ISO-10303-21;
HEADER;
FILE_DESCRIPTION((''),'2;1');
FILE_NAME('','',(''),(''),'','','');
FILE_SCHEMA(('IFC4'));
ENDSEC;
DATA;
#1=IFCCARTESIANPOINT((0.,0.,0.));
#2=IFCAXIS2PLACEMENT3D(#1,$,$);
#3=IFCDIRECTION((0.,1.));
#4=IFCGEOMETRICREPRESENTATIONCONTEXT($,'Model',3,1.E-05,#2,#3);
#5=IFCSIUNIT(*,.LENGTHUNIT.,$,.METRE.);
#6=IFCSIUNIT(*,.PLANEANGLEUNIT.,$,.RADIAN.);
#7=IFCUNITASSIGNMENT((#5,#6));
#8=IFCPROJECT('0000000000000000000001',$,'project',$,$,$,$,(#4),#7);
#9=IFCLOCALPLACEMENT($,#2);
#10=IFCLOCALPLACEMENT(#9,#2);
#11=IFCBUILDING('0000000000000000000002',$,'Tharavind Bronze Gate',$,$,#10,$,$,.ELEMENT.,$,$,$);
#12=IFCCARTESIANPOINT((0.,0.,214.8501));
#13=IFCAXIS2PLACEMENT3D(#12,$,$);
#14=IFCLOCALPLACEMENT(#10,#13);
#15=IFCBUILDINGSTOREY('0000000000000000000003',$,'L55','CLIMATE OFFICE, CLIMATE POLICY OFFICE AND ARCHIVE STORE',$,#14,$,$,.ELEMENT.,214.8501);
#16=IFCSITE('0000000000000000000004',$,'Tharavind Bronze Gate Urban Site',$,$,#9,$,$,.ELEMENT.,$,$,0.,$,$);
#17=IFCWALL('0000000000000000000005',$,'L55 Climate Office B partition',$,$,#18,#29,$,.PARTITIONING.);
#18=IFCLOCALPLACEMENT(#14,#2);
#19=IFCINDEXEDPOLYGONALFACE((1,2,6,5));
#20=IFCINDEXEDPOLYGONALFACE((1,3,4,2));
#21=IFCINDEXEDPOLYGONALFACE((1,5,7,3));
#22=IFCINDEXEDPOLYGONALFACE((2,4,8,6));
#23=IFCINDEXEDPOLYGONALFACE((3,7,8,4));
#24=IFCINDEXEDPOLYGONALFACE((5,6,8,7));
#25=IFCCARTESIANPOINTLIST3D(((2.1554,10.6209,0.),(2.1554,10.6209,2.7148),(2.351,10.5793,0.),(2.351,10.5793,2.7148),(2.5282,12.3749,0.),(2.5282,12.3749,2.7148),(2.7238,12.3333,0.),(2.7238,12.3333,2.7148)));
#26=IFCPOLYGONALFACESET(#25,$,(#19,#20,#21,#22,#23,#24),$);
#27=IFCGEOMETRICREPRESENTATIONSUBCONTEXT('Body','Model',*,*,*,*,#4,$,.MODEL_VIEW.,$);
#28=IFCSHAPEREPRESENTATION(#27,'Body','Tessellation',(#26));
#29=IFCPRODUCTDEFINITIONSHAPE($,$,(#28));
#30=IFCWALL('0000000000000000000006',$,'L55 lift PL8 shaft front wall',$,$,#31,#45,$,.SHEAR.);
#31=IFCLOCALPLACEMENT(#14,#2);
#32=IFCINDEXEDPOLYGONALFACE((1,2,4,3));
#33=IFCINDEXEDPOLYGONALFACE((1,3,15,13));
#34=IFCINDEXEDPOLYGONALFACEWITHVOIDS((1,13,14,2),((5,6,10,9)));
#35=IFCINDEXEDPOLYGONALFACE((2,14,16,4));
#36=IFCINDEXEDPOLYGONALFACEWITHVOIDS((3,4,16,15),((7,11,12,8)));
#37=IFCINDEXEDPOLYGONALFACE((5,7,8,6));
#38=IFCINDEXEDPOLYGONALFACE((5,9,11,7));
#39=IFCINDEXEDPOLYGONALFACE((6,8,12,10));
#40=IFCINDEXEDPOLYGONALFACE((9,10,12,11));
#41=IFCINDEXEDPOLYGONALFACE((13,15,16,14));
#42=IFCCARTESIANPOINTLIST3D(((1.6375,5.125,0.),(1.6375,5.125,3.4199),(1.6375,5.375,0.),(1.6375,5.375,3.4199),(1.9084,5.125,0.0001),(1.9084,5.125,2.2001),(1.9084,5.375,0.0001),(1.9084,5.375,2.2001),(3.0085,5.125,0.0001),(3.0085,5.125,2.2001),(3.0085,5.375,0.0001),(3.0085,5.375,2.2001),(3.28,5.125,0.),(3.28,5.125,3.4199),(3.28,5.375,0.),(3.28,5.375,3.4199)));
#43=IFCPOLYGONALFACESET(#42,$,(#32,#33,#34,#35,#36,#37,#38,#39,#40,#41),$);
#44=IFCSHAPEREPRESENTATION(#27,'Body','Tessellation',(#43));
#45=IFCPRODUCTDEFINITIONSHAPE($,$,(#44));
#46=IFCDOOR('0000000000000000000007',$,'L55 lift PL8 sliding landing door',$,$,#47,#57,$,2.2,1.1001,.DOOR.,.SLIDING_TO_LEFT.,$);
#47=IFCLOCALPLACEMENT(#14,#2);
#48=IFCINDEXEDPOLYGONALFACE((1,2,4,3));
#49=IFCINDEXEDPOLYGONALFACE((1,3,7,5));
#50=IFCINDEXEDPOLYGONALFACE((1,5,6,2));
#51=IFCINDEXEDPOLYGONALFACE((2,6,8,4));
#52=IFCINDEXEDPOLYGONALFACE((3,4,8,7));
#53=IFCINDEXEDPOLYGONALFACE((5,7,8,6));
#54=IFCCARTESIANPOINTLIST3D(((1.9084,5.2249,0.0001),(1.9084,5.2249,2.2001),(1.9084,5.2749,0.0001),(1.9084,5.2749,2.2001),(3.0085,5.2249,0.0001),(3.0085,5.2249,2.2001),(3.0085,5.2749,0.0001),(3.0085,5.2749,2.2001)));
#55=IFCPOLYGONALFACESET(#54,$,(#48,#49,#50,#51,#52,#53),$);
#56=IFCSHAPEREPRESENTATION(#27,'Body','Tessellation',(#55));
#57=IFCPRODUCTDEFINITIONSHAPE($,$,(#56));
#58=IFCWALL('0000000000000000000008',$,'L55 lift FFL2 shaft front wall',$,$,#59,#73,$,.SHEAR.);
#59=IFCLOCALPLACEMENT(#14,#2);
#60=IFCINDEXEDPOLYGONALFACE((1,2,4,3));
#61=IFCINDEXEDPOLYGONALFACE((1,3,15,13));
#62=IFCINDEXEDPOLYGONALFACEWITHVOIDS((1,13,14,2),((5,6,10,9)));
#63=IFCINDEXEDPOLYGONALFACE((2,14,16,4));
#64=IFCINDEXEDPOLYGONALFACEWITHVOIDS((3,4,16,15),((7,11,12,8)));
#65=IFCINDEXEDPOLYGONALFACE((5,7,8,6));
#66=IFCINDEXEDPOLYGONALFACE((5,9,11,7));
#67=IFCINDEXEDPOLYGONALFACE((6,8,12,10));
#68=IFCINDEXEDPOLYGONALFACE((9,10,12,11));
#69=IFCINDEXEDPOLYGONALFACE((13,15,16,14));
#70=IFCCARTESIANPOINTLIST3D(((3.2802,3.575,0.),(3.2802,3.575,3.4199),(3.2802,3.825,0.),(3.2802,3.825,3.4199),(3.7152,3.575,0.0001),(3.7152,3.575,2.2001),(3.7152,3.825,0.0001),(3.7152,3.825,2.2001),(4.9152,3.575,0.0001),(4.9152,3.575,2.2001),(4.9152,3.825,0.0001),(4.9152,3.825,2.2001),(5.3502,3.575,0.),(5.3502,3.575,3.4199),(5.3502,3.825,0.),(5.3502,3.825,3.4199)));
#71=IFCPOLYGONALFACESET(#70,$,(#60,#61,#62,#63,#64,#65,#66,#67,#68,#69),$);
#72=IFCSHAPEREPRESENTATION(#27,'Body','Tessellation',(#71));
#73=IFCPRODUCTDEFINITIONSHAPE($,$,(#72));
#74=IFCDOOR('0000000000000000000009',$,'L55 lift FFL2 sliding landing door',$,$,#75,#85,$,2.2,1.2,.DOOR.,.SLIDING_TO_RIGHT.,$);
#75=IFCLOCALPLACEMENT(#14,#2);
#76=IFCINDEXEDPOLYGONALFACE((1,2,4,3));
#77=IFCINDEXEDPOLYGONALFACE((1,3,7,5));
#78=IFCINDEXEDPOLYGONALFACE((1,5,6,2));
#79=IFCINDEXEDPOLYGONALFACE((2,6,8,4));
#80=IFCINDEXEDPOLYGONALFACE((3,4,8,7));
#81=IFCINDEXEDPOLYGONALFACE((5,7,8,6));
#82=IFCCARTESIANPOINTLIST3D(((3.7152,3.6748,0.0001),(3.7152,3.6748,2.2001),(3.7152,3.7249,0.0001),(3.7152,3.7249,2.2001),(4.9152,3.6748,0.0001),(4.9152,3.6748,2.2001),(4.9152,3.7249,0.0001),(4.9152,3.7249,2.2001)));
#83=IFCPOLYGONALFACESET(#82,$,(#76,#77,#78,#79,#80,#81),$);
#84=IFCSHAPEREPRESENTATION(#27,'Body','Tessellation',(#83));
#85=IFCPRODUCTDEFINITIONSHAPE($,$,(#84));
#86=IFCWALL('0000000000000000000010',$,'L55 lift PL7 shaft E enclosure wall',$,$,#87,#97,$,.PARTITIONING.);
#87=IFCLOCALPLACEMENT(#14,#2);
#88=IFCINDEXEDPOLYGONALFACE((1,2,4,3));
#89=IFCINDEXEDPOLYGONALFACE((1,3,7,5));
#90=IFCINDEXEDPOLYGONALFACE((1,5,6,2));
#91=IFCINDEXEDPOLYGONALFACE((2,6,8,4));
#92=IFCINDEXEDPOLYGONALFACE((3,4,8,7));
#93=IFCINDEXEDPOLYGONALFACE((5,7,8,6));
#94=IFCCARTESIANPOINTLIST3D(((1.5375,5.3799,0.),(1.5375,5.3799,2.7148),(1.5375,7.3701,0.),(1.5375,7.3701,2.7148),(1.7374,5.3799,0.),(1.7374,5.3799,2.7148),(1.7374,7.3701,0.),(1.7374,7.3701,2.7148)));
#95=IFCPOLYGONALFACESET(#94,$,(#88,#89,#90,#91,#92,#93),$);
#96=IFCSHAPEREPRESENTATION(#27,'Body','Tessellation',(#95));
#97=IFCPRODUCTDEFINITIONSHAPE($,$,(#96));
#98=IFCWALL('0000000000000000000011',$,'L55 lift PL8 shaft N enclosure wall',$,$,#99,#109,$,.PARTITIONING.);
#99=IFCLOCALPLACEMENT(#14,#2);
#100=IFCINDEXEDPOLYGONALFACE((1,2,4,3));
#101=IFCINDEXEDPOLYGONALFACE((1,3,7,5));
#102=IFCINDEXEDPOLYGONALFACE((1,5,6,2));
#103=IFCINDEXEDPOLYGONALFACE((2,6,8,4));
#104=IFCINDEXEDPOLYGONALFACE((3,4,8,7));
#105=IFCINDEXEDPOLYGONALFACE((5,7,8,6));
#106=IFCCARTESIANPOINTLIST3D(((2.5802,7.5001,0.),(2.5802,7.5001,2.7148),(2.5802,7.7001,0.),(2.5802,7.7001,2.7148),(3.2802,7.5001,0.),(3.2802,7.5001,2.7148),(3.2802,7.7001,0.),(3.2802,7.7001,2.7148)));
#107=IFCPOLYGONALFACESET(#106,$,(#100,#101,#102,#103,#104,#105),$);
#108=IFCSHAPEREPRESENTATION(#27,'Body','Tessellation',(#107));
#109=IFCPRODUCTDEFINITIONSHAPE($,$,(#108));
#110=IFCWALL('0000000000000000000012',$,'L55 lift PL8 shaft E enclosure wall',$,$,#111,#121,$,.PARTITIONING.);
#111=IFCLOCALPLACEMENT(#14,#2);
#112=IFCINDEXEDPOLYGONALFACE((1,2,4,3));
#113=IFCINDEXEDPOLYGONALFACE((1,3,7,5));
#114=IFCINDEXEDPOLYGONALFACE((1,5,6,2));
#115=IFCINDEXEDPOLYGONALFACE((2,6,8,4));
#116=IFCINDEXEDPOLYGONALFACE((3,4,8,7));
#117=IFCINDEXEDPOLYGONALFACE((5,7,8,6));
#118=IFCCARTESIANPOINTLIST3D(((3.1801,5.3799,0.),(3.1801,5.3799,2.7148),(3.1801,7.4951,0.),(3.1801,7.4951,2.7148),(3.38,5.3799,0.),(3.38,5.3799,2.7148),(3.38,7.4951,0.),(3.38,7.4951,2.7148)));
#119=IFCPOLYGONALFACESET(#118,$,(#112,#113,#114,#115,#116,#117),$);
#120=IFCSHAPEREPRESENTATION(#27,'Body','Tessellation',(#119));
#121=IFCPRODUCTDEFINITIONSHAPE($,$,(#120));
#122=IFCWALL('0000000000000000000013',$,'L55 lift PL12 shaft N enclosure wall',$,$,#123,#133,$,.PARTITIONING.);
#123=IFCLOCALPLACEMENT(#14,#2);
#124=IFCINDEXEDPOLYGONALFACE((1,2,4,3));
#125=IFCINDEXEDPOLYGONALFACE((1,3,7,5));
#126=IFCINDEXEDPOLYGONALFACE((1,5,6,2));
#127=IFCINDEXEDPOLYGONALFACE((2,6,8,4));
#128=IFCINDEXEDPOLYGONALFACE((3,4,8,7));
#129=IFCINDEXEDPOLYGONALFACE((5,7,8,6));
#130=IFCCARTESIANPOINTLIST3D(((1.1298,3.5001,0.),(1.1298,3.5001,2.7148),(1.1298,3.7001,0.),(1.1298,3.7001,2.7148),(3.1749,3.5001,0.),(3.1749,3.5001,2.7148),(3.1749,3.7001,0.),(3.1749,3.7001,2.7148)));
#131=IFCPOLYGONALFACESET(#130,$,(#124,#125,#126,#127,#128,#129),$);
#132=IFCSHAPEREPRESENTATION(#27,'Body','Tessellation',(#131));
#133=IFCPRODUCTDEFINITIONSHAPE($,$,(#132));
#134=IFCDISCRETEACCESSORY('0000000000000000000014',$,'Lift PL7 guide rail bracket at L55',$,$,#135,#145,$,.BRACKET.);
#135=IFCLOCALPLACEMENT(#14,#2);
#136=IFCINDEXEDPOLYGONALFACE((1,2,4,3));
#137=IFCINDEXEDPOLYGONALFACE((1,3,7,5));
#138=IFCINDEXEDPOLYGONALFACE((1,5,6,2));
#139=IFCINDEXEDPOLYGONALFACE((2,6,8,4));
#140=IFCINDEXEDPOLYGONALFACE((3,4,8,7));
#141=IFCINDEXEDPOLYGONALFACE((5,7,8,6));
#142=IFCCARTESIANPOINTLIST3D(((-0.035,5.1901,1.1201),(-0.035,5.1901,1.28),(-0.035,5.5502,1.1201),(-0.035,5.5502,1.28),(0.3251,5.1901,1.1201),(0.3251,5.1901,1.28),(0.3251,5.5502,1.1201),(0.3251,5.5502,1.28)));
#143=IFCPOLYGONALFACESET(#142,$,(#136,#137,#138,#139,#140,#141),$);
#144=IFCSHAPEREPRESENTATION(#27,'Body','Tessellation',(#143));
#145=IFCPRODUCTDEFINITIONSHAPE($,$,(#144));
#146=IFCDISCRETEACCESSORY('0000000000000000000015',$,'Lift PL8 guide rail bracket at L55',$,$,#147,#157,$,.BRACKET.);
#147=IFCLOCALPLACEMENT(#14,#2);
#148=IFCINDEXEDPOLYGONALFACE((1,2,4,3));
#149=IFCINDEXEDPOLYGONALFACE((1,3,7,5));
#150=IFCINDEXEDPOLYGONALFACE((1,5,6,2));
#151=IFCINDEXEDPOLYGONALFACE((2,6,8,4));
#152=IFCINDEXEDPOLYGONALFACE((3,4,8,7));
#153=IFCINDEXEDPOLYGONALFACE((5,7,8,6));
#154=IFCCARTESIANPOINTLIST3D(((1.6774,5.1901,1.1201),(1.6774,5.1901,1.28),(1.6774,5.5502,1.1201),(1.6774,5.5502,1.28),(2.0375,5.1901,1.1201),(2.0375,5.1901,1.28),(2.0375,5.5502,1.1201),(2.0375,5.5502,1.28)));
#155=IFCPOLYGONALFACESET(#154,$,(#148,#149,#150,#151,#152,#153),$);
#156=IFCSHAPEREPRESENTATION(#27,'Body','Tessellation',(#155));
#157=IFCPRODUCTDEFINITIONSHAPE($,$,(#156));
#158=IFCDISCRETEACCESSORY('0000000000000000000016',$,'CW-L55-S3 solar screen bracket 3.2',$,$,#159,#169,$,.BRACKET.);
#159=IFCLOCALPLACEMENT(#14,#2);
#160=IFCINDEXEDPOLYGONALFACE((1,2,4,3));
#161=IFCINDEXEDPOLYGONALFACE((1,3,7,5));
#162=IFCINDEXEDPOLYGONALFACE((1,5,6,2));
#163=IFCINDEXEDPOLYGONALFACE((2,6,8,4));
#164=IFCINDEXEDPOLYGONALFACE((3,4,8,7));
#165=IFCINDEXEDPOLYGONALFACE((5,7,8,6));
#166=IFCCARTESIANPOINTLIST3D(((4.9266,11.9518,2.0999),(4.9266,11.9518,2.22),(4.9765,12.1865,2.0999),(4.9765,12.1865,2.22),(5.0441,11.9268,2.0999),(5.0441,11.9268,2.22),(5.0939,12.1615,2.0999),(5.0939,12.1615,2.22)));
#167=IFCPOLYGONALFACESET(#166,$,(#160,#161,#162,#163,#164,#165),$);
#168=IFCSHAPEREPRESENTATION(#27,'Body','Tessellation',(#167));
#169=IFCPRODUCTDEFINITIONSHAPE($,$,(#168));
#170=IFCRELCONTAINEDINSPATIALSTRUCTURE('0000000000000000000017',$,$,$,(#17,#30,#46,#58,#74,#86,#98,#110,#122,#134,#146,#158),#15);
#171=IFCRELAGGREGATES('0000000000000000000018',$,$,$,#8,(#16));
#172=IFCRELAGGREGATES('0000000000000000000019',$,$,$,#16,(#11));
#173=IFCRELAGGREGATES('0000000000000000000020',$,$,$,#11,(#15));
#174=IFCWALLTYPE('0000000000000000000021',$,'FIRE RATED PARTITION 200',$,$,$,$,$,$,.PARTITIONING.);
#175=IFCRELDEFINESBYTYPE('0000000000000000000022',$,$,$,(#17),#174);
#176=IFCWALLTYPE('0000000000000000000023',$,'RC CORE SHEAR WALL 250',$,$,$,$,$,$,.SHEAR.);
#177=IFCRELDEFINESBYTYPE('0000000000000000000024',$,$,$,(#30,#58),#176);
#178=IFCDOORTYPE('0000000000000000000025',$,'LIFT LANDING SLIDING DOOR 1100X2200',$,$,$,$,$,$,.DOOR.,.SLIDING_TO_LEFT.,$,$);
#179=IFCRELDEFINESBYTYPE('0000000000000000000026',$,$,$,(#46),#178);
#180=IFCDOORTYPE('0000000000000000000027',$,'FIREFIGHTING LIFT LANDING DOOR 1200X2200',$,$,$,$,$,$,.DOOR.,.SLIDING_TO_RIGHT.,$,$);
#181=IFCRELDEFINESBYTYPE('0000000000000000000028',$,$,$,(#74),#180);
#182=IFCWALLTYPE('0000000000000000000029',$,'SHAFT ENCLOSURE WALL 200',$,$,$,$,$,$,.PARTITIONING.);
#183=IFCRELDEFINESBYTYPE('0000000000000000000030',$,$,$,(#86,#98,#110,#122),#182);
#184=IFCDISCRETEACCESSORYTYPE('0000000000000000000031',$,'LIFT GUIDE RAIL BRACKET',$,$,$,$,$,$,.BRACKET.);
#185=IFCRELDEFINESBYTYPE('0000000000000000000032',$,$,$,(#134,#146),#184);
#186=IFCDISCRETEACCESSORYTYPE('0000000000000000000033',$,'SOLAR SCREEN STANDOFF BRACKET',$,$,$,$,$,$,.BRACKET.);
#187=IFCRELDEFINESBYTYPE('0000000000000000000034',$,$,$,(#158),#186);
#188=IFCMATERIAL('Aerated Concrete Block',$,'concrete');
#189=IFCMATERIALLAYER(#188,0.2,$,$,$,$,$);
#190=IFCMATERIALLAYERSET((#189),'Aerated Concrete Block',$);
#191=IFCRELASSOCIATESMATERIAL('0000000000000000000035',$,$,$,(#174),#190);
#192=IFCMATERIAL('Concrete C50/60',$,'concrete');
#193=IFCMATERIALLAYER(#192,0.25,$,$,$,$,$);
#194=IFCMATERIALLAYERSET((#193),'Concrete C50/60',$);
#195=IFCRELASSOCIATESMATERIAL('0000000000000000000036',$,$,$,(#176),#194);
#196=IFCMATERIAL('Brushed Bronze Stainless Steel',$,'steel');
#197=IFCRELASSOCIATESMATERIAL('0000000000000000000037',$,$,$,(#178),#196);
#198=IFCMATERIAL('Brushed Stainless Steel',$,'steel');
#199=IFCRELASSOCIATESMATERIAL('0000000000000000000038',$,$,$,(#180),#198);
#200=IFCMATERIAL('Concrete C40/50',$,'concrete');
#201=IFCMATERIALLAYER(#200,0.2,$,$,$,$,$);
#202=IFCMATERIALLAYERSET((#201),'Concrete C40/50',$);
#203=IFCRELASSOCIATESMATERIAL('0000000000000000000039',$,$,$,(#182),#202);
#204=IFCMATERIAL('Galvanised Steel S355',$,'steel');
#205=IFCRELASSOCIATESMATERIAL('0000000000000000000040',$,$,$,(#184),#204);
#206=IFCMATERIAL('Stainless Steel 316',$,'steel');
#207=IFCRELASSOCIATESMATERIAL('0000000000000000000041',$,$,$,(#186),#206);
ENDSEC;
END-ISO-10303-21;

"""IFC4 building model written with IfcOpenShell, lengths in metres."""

from ifc_helpers import new_model, si_unit, direction, frame, frame_2d, origin, origin_2d, place, context, subcontext, project, spatial, rectangle, extrude, material, layer, layer_set, type_object, element, fill, save


model = new_model("IFC4")

# Units and contexts
model_context = context("Model", 3, precision=1e-05, world=origin(), true_north=direction((0.0, 1.0)))
body_context = subcontext(model_context, "Body", "Model", "MODEL_VIEW")
ifc_project = project(units=[si_unit("LENGTHUNIT", "METRE"), si_unit("PLANEANGLEUNIT", "RADIAN")], contexts=[model_context])

# Site, building, storey
site_placement = place(None, origin())
site = spatial("IfcSite", under=ifc_project, at=site_placement, Name="Tharavind Bronze Gate Urban Site", CompositionType="ELEMENT", RefElevation=0.0)
building_placement = place(site_placement, origin())
building = spatial("IfcBuilding", under=site, at=building_placement, Name="Tharavind Bronze Gate", CompositionType="ELEMENT")
storey_placement = place(building_placement, frame((0.0, 0.0, 214.8501)))
storey = spatial("IfcBuildingStorey", under=building, at=storey_placement, Name="L55", Description="CLIMATE OFFICE, CLIMATE POLICY OFFICE AND ARCHIVE STORE", CompositionType="ELEMENT", Elevation=214.8501)

# Wall
ifc_material_1 = material(Name="Aerated Concrete Block", Category="concrete")
ifc_layer_1 = layer(ifc_material_1, 0.2)
ifc_layer_set_1 = layer_set([ifc_layer_1], Name="Aerated Concrete Block")
wall_type_1 = type_object("IfcWallType", Name="FIRE RATED PARTITION 200", PredefinedType="PARTITIONING", material=ifc_layer_set_1)
wall_1_placement = place(storey_placement, frame((2.626, 12.354, 0.0), z_axis=(0.0, 0.0, 1.0), x_axis=(-0.207883, -0.978154, 0.0)))
element("IfcWall", 1, at=wall_1_placement, inside=storey, type_object=wall_type_1, Name="L55 Climate Office B partition", PredefinedType="PARTITIONING", context=body_context, shape_type="SweptSolid", body=[
    extrude(rectangle(XDim=1.7932, YDim=0.2, at=frame_2d((0.8965, 0.0))), origin(), (0.0, 0.0, 1.0), 2.7148),
])

# Walls, openings, doors
ifc_material_2 = material(Name="Concrete C50/60", Category="concrete")
ifc_layer_2 = layer(ifc_material_2, 0.25)
ifc_layer_set_2 = layer_set([ifc_layer_2], Name="Concrete C50/60")
wall_type_2 = type_object("IfcWallType", Name="RC CORE SHEAR WALL 250", PredefinedType="SHEAR", material=ifc_layer_set_2)
wall_2_placement = place(storey_placement, frame((1.6375, 5.25, 0.0), z_axis=(0.0, 0.0, 1.0), x_axis=(1.0, 0.0, 0.0)))
wall_2 = element("IfcWall", 2, at=wall_2_placement, inside=storey, type_object=wall_type_2, Name="L55 lift PL8 shaft front wall", PredefinedType="SHEAR", context=body_context, shape_type="SweptSolid", body=[
    extrude(rectangle(XDim=1.6426, YDim=0.25, at=frame_2d((0.8213, 0.0))), origin(), (0.0, 0.0, 1.0), 3.4199),
])
opening_1_placement = place(wall_2_placement, frame((0.271, 0.0, 0.0)))
opening_1 = element("IfcOpeningElement", 3, at=opening_1_placement, cuts=wall_2, PredefinedType="OPENING", context=body_context, shape_type="SweptSolid", body=[
    extrude(rectangle(XDim=1.1001, YDim=2.2, at=frame_2d((0.55, 1.1001))), frame((0.0, 0.135, 0.0), z_axis=(0.0, -1.0, 0.0), x_axis=(1.0, 0.0, 0.0)), (0.0, 0.0, 1.0), 0.27),
])
ifc_material_3 = material(Name="Brushed Bronze Stainless Steel", Category="steel")
door_type_1 = type_object("IfcDoorType", Name="LIFT LANDING SLIDING DOOR 1100X2200", OperationType="SLIDING_TO_LEFT", PredefinedType="DOOR", material=ifc_material_3)
door_1_placement = place(opening_1_placement, origin())
door_1 = element("IfcDoor", 4, at=door_1_placement, inside=storey, type_object=door_type_1, Name="L55 lift PL8 sliding landing door", OperationType="SLIDING_TO_LEFT", OverallHeight=2.2, OverallWidth=1.1001, PredefinedType="DOOR", context=body_context, shape_type="SweptSolid", body=[
    extrude(rectangle(XDim=1.1001, YDim=2.2, at=frame_2d((0.55, 1.1001))), frame((0.0, 0.0249, 0.0), z_axis=(0.0, -1.0, 0.0), x_axis=(1.0, 0.0, 0.0)), (0.0, 0.0, 1.0), 0.05),
])
fill(opening_1, door_1)
wall_3_placement = place(storey_placement, frame((3.28, 3.7, 0.0), z_axis=(0.0, 0.0, 1.0), x_axis=(1.0, 0.0, 0.0)))
wall_3 = element("IfcWall", 5, at=wall_3_placement, inside=storey, type_object=wall_type_2, Name="L55 lift FFL2 shaft front wall", PredefinedType="SHEAR", context=body_context, shape_type="SweptSolid", body=[
    extrude(rectangle(XDim=2.0701, YDim=0.25, at=frame_2d((1.0352, 0.0))), origin(), (0.0, 0.0, 1.0), 3.4199),
])
opening_2_placement = place(wall_3_placement, frame((0.4351, 0.0, 0.0)))
opening_2 = element("IfcOpeningElement", 6, at=opening_2_placement, cuts=wall_3, PredefinedType="OPENING", context=body_context, shape_type="SweptSolid", body=[
    extrude(rectangle(XDim=1.2, YDim=2.2, at=frame_2d((0.6001, 1.1001))), frame((0.0, 0.135, 0.0), z_axis=(0.0, -1.0, 0.0), x_axis=(1.0, 0.0, 0.0)), (0.0, 0.0, 1.0), 0.27),
])
ifc_material_4 = material(Name="Brushed Stainless Steel", Category="steel")
door_type_2 = type_object("IfcDoorType", Name="FIREFIGHTING LIFT LANDING DOOR 1200X2200", OperationType="SLIDING_TO_RIGHT", PredefinedType="DOOR", material=ifc_material_4)
door_2_placement = place(opening_2_placement, origin())
door_2 = element("IfcDoor", 7, at=door_2_placement, inside=storey, type_object=door_type_2, Name="L55 lift FFL2 sliding landing door", OperationType="SLIDING_TO_RIGHT", OverallHeight=2.2, OverallWidth=1.2, PredefinedType="DOOR", context=body_context, shape_type="SweptSolid", body=[
    extrude(rectangle(XDim=1.2, YDim=2.2, at=frame_2d((0.6001, 1.1001))), frame((0.0, 0.0249, 0.0), z_axis=(0.0, -1.0, 0.0), x_axis=(1.0, 0.0, 0.0)), (0.0, 0.0, 1.0), 0.05),
])
fill(opening_2, door_2)

# Walls
ifc_material_5 = material(Name="Concrete C40/50", Category="concrete")
ifc_layer_3 = layer(ifc_material_5, 0.2)
ifc_layer_set_3 = layer_set([ifc_layer_3], Name="Concrete C40/50")
wall_type_3 = type_object("IfcWallType", Name="SHAFT ENCLOSURE WALL 200", PredefinedType="PARTITIONING", material=ifc_layer_set_3)
wall_4_placement = place(storey_placement, frame((1.6375, 5.3799, 0.0), z_axis=(0.0, 0.0, 1.0), x_axis=(0.0, 1.0, 0.0)))
element("IfcWall", 8, at=wall_4_placement, inside=storey, type_object=wall_type_3, Name="L55 lift PL7 shaft E enclosure wall", PredefinedType="PARTITIONING", context=body_context, shape_type="SweptSolid", body=[
    extrude(rectangle(XDim=1.9902, YDim=0.2, at=frame_2d((0.9951, 0.0))), origin(), (0.0, 0.0, 1.0), 2.7148),
])
wall_5_placement = place(storey_placement, frame((2.5801, 7.6001, 0.0), z_axis=(0.0, 0.0, 1.0), x_axis=(1.0, 0.0, 0.0)))
element("IfcWall", 9, at=wall_5_placement, inside=storey, type_object=wall_type_3, Name="L55 lift PL8 shaft N enclosure wall", PredefinedType="PARTITIONING", context=body_context, shape_type="SweptSolid", body=[
    extrude(rectangle(XDim=0.7, YDim=0.2, at=frame_2d((0.3501, 0.0))), origin(), (0.0, 0.0, 1.0), 2.7148),
])
wall_6_placement = place(storey_placement, frame((3.28, 5.3799, 0.0), z_axis=(0.0, 0.0, 1.0), x_axis=(0.0, 1.0, 0.0)))
element("IfcWall", 10, at=wall_6_placement, inside=storey, type_object=wall_type_3, Name="L55 lift PL8 shaft E enclosure wall", PredefinedType="PARTITIONING", context=body_context, shape_type="SweptSolid", body=[
    extrude(rectangle(XDim=2.1152, YDim=0.2, at=frame_2d((1.0576, 0.0))), origin(), (0.0, 0.0, 1.0), 2.7148),
])
wall_7_placement = place(storey_placement, frame((1.1299, 3.6001, 0.0), z_axis=(0.0, 0.0, 1.0), x_axis=(1.0, 0.0, 0.0)))
element("IfcWall", 11, at=wall_7_placement, inside=storey, type_object=wall_type_3, Name="L55 lift PL12 shaft N enclosure wall", PredefinedType="PARTITIONING", context=body_context, shape_type="SweptSolid", body=[
    extrude(rectangle(XDim=2.0452, YDim=0.2, at=frame_2d((1.0225, 0.0))), origin(), (0.0, 0.0, 1.0), 2.7148),
])

# Discrete accessories
ifc_material_6 = material(Name="Galvanised Steel S355", Category="steel")
discrete_accessory_type_1 = type_object("IfcDiscreteAccessoryType", Name="LIFT GUIDE RAIL BRACKET", PredefinedType="BRACKET", material=ifc_material_6)
for number, where, z_axis, x_axis, name in (
    (12, (0.145, 5.3701, 1.1201), (0.0, 0.0, 1.0), (1.0, 0.0, 0.0), "Lift PL7 guide rail bracket at L55"),
    (13, (1.8574, 5.3701, 1.1201), (0.0, 0.0, 1.0), (1.0, 0.0, 0.0), "Lift PL8 guide rail bracket at L55"),
):
    element("IfcDiscreteAccessory", number, at=place(storey_placement, frame(where, z_axis=z_axis, x_axis=x_axis)), inside=storey, type_object=discrete_accessory_type_1, Name=name, PredefinedType="BRACKET", context=body_context, shape_type="SweptSolid", body=[
        extrude(rectangle(XDim=0.3601, YDim=0.3601, at=origin_2d()), origin(), (0.0, 0.0, 1.0), 0.1599),
    ])
ifc_material_7 = material(Name="Stainless Steel 316", Category="steel")
discrete_accessory_type_2 = type_object("IfcDiscreteAccessoryType", Name="SOLAR SCREEN STANDOFF BRACKET", PredefinedType="BRACKET", material=ifc_material_7)
discrete_accessory_placement = place(storey_placement, frame((5.0103, 12.0566, 2.0999), z_axis=(0.0, 0.0, 1.0), x_axis=(-0.978148, 0.207912, 0.0)))
element("IfcDiscreteAccessory", 14, at=discrete_accessory_placement, inside=storey, type_object=discrete_accessory_type_2, Name="CW-L55-S3 solar screen bracket 3.2", PredefinedType="BRACKET", context=body_context, shape_type="SweptSolid", body=[
    extrude(rectangle(XDim=0.1201, YDim=0.24, at=origin_2d()), origin(), (0.0, 0.0, 1.0), 0.1201),
])

save(model, "model.ifc")
